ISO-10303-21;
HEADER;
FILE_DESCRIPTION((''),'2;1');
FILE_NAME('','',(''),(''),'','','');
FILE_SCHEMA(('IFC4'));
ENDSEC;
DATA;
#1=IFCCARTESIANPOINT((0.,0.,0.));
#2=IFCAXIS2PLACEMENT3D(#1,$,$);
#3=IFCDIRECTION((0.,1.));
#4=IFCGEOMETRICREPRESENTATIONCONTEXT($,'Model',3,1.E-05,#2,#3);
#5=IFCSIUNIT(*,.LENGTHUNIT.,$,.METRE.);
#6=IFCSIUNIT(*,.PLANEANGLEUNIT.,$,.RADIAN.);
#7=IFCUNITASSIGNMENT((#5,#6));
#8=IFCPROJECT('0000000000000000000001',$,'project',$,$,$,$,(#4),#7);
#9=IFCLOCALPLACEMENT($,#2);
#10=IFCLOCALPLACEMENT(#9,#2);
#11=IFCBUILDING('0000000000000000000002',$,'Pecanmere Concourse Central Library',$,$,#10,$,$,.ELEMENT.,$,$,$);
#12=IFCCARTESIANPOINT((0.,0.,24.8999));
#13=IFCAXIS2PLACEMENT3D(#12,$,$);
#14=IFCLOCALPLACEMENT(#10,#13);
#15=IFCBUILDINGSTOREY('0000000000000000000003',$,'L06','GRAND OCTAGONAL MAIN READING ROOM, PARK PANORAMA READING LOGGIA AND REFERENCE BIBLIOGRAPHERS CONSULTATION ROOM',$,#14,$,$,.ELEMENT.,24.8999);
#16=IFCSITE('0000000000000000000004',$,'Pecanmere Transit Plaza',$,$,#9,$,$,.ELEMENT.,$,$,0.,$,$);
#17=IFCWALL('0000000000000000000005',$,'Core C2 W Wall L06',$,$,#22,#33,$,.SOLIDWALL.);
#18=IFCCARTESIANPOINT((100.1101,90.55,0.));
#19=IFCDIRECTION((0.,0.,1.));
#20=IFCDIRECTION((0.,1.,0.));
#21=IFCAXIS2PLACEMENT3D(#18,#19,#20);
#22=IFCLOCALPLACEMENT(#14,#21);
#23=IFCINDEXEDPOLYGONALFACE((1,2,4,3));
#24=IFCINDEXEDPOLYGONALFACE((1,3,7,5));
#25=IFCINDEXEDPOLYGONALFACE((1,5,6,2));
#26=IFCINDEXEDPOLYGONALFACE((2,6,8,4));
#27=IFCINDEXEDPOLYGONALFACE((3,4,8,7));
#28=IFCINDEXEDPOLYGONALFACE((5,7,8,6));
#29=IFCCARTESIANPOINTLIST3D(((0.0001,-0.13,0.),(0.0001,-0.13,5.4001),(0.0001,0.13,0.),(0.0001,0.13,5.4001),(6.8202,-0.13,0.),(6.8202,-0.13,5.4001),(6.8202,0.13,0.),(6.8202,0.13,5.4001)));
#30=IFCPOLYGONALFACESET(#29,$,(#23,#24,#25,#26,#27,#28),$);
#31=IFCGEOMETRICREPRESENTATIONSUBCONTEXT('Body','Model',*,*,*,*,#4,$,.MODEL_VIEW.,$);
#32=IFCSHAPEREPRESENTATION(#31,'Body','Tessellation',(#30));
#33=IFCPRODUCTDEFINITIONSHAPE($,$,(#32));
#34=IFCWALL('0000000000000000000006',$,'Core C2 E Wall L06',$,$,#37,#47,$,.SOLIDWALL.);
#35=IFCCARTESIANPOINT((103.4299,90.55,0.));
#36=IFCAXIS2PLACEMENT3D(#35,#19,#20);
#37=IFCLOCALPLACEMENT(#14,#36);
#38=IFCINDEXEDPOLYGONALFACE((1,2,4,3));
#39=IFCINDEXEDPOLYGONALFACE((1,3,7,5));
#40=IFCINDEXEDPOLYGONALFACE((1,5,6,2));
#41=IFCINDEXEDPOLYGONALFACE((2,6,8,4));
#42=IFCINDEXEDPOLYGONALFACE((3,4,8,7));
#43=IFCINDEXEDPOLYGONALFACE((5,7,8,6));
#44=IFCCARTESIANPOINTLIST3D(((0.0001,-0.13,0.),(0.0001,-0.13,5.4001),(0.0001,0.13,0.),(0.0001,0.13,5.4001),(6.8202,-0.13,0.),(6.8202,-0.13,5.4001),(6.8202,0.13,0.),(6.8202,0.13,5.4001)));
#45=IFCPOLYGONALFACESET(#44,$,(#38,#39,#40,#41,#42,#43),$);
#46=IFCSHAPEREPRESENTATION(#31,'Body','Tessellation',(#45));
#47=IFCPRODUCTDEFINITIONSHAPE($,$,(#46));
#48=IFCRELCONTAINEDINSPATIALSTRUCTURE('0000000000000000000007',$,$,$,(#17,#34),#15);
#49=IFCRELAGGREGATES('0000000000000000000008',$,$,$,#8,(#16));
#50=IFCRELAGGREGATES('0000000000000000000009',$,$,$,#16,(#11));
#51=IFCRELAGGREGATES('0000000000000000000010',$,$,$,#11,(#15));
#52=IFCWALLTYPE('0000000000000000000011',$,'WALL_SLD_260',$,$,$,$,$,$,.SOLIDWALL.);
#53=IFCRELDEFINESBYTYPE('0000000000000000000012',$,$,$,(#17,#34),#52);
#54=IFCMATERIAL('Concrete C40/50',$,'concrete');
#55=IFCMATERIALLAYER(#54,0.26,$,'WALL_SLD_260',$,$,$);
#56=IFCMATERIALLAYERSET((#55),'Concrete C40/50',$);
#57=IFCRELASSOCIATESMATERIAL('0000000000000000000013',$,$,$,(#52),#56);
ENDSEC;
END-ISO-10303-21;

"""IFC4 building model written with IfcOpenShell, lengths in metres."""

from ifc_helpers import new_model, si_unit, direction, frame, frame_2d, origin, place, context, subcontext, project, spatial, rectangle, extrude, material, layer, layer_set, type_object, element, save


model = new_model("IFC4")

# Units and contexts
model_context = context("Model", 3, precision=1e-05, world=origin(), true_north=direction((0.0, 1.0)))
body_context = subcontext(model_context, "Body", "Model", "MODEL_VIEW")
ifc_project = project(units=[si_unit("LENGTHUNIT", "METRE"), si_unit("PLANEANGLEUNIT", "RADIAN")], contexts=[model_context])

# Site, building, storey
site_placement = place(None, origin())
site = spatial("IfcSite", under=ifc_project, at=site_placement, Name="Pecanmere Transit Plaza", CompositionType="ELEMENT", RefElevation=0.0)
building_placement = place(site_placement, origin())
building = spatial("IfcBuilding", under=site, at=building_placement, Name="Pecanmere Concourse Central Library", CompositionType="ELEMENT")
storey_placement = place(building_placement, frame((0.0, 0.0, 24.8999)))
storey = spatial("IfcBuildingStorey", under=building, at=storey_placement, Name="L06", Description="GRAND OCTAGONAL MAIN READING ROOM, PARK PANORAMA READING LOGGIA AND REFERENCE BIBLIOGRAPHERS CONSULTATION ROOM", CompositionType="ELEMENT", Elevation=24.8999)

# Shared definitions
ifc_material_1 = material(Name="Concrete C40/50", Category="concrete")
ifc_layer_1 = layer(ifc_material_1, 0.26, Name="WALL_SLD_260")
ifc_layer_set_1 = layer_set([ifc_layer_1], Name="Concrete C40/50")
wall_type_1 = type_object("IfcWallType", Name="WALL_SLD_260", PredefinedType="SOLIDWALL", material=ifc_layer_set_1)

# Walls
for number, where, z_axis, x_axis, name in (
    (1, (100.1101, 90.55, 0.0), (0.0, 0.0, 1.0), (0.0, 1.0, 0.0), "Core C2 W Wall L06"),
    (2, (103.4299, 90.55, 0.0), (0.0, 0.0, 1.0), (0.0, 1.0, 0.0), "Core C2 E Wall L06"),
):
    element("IfcWall", number, at=place(storey_placement, frame(where, z_axis=z_axis, x_axis=x_axis)), inside=storey, type_object=wall_type_1, Name=name, PredefinedType="SOLIDWALL", context=body_context, shape_type="SweptSolid", body=[
        extrude(rectangle(XDim=6.8201, YDim=0.26, at=frame_2d((3.4102, 0.0))), origin(), (0.0, 0.0, 1.0), 5.4001),
    ])

save(model, "model.ifc")
